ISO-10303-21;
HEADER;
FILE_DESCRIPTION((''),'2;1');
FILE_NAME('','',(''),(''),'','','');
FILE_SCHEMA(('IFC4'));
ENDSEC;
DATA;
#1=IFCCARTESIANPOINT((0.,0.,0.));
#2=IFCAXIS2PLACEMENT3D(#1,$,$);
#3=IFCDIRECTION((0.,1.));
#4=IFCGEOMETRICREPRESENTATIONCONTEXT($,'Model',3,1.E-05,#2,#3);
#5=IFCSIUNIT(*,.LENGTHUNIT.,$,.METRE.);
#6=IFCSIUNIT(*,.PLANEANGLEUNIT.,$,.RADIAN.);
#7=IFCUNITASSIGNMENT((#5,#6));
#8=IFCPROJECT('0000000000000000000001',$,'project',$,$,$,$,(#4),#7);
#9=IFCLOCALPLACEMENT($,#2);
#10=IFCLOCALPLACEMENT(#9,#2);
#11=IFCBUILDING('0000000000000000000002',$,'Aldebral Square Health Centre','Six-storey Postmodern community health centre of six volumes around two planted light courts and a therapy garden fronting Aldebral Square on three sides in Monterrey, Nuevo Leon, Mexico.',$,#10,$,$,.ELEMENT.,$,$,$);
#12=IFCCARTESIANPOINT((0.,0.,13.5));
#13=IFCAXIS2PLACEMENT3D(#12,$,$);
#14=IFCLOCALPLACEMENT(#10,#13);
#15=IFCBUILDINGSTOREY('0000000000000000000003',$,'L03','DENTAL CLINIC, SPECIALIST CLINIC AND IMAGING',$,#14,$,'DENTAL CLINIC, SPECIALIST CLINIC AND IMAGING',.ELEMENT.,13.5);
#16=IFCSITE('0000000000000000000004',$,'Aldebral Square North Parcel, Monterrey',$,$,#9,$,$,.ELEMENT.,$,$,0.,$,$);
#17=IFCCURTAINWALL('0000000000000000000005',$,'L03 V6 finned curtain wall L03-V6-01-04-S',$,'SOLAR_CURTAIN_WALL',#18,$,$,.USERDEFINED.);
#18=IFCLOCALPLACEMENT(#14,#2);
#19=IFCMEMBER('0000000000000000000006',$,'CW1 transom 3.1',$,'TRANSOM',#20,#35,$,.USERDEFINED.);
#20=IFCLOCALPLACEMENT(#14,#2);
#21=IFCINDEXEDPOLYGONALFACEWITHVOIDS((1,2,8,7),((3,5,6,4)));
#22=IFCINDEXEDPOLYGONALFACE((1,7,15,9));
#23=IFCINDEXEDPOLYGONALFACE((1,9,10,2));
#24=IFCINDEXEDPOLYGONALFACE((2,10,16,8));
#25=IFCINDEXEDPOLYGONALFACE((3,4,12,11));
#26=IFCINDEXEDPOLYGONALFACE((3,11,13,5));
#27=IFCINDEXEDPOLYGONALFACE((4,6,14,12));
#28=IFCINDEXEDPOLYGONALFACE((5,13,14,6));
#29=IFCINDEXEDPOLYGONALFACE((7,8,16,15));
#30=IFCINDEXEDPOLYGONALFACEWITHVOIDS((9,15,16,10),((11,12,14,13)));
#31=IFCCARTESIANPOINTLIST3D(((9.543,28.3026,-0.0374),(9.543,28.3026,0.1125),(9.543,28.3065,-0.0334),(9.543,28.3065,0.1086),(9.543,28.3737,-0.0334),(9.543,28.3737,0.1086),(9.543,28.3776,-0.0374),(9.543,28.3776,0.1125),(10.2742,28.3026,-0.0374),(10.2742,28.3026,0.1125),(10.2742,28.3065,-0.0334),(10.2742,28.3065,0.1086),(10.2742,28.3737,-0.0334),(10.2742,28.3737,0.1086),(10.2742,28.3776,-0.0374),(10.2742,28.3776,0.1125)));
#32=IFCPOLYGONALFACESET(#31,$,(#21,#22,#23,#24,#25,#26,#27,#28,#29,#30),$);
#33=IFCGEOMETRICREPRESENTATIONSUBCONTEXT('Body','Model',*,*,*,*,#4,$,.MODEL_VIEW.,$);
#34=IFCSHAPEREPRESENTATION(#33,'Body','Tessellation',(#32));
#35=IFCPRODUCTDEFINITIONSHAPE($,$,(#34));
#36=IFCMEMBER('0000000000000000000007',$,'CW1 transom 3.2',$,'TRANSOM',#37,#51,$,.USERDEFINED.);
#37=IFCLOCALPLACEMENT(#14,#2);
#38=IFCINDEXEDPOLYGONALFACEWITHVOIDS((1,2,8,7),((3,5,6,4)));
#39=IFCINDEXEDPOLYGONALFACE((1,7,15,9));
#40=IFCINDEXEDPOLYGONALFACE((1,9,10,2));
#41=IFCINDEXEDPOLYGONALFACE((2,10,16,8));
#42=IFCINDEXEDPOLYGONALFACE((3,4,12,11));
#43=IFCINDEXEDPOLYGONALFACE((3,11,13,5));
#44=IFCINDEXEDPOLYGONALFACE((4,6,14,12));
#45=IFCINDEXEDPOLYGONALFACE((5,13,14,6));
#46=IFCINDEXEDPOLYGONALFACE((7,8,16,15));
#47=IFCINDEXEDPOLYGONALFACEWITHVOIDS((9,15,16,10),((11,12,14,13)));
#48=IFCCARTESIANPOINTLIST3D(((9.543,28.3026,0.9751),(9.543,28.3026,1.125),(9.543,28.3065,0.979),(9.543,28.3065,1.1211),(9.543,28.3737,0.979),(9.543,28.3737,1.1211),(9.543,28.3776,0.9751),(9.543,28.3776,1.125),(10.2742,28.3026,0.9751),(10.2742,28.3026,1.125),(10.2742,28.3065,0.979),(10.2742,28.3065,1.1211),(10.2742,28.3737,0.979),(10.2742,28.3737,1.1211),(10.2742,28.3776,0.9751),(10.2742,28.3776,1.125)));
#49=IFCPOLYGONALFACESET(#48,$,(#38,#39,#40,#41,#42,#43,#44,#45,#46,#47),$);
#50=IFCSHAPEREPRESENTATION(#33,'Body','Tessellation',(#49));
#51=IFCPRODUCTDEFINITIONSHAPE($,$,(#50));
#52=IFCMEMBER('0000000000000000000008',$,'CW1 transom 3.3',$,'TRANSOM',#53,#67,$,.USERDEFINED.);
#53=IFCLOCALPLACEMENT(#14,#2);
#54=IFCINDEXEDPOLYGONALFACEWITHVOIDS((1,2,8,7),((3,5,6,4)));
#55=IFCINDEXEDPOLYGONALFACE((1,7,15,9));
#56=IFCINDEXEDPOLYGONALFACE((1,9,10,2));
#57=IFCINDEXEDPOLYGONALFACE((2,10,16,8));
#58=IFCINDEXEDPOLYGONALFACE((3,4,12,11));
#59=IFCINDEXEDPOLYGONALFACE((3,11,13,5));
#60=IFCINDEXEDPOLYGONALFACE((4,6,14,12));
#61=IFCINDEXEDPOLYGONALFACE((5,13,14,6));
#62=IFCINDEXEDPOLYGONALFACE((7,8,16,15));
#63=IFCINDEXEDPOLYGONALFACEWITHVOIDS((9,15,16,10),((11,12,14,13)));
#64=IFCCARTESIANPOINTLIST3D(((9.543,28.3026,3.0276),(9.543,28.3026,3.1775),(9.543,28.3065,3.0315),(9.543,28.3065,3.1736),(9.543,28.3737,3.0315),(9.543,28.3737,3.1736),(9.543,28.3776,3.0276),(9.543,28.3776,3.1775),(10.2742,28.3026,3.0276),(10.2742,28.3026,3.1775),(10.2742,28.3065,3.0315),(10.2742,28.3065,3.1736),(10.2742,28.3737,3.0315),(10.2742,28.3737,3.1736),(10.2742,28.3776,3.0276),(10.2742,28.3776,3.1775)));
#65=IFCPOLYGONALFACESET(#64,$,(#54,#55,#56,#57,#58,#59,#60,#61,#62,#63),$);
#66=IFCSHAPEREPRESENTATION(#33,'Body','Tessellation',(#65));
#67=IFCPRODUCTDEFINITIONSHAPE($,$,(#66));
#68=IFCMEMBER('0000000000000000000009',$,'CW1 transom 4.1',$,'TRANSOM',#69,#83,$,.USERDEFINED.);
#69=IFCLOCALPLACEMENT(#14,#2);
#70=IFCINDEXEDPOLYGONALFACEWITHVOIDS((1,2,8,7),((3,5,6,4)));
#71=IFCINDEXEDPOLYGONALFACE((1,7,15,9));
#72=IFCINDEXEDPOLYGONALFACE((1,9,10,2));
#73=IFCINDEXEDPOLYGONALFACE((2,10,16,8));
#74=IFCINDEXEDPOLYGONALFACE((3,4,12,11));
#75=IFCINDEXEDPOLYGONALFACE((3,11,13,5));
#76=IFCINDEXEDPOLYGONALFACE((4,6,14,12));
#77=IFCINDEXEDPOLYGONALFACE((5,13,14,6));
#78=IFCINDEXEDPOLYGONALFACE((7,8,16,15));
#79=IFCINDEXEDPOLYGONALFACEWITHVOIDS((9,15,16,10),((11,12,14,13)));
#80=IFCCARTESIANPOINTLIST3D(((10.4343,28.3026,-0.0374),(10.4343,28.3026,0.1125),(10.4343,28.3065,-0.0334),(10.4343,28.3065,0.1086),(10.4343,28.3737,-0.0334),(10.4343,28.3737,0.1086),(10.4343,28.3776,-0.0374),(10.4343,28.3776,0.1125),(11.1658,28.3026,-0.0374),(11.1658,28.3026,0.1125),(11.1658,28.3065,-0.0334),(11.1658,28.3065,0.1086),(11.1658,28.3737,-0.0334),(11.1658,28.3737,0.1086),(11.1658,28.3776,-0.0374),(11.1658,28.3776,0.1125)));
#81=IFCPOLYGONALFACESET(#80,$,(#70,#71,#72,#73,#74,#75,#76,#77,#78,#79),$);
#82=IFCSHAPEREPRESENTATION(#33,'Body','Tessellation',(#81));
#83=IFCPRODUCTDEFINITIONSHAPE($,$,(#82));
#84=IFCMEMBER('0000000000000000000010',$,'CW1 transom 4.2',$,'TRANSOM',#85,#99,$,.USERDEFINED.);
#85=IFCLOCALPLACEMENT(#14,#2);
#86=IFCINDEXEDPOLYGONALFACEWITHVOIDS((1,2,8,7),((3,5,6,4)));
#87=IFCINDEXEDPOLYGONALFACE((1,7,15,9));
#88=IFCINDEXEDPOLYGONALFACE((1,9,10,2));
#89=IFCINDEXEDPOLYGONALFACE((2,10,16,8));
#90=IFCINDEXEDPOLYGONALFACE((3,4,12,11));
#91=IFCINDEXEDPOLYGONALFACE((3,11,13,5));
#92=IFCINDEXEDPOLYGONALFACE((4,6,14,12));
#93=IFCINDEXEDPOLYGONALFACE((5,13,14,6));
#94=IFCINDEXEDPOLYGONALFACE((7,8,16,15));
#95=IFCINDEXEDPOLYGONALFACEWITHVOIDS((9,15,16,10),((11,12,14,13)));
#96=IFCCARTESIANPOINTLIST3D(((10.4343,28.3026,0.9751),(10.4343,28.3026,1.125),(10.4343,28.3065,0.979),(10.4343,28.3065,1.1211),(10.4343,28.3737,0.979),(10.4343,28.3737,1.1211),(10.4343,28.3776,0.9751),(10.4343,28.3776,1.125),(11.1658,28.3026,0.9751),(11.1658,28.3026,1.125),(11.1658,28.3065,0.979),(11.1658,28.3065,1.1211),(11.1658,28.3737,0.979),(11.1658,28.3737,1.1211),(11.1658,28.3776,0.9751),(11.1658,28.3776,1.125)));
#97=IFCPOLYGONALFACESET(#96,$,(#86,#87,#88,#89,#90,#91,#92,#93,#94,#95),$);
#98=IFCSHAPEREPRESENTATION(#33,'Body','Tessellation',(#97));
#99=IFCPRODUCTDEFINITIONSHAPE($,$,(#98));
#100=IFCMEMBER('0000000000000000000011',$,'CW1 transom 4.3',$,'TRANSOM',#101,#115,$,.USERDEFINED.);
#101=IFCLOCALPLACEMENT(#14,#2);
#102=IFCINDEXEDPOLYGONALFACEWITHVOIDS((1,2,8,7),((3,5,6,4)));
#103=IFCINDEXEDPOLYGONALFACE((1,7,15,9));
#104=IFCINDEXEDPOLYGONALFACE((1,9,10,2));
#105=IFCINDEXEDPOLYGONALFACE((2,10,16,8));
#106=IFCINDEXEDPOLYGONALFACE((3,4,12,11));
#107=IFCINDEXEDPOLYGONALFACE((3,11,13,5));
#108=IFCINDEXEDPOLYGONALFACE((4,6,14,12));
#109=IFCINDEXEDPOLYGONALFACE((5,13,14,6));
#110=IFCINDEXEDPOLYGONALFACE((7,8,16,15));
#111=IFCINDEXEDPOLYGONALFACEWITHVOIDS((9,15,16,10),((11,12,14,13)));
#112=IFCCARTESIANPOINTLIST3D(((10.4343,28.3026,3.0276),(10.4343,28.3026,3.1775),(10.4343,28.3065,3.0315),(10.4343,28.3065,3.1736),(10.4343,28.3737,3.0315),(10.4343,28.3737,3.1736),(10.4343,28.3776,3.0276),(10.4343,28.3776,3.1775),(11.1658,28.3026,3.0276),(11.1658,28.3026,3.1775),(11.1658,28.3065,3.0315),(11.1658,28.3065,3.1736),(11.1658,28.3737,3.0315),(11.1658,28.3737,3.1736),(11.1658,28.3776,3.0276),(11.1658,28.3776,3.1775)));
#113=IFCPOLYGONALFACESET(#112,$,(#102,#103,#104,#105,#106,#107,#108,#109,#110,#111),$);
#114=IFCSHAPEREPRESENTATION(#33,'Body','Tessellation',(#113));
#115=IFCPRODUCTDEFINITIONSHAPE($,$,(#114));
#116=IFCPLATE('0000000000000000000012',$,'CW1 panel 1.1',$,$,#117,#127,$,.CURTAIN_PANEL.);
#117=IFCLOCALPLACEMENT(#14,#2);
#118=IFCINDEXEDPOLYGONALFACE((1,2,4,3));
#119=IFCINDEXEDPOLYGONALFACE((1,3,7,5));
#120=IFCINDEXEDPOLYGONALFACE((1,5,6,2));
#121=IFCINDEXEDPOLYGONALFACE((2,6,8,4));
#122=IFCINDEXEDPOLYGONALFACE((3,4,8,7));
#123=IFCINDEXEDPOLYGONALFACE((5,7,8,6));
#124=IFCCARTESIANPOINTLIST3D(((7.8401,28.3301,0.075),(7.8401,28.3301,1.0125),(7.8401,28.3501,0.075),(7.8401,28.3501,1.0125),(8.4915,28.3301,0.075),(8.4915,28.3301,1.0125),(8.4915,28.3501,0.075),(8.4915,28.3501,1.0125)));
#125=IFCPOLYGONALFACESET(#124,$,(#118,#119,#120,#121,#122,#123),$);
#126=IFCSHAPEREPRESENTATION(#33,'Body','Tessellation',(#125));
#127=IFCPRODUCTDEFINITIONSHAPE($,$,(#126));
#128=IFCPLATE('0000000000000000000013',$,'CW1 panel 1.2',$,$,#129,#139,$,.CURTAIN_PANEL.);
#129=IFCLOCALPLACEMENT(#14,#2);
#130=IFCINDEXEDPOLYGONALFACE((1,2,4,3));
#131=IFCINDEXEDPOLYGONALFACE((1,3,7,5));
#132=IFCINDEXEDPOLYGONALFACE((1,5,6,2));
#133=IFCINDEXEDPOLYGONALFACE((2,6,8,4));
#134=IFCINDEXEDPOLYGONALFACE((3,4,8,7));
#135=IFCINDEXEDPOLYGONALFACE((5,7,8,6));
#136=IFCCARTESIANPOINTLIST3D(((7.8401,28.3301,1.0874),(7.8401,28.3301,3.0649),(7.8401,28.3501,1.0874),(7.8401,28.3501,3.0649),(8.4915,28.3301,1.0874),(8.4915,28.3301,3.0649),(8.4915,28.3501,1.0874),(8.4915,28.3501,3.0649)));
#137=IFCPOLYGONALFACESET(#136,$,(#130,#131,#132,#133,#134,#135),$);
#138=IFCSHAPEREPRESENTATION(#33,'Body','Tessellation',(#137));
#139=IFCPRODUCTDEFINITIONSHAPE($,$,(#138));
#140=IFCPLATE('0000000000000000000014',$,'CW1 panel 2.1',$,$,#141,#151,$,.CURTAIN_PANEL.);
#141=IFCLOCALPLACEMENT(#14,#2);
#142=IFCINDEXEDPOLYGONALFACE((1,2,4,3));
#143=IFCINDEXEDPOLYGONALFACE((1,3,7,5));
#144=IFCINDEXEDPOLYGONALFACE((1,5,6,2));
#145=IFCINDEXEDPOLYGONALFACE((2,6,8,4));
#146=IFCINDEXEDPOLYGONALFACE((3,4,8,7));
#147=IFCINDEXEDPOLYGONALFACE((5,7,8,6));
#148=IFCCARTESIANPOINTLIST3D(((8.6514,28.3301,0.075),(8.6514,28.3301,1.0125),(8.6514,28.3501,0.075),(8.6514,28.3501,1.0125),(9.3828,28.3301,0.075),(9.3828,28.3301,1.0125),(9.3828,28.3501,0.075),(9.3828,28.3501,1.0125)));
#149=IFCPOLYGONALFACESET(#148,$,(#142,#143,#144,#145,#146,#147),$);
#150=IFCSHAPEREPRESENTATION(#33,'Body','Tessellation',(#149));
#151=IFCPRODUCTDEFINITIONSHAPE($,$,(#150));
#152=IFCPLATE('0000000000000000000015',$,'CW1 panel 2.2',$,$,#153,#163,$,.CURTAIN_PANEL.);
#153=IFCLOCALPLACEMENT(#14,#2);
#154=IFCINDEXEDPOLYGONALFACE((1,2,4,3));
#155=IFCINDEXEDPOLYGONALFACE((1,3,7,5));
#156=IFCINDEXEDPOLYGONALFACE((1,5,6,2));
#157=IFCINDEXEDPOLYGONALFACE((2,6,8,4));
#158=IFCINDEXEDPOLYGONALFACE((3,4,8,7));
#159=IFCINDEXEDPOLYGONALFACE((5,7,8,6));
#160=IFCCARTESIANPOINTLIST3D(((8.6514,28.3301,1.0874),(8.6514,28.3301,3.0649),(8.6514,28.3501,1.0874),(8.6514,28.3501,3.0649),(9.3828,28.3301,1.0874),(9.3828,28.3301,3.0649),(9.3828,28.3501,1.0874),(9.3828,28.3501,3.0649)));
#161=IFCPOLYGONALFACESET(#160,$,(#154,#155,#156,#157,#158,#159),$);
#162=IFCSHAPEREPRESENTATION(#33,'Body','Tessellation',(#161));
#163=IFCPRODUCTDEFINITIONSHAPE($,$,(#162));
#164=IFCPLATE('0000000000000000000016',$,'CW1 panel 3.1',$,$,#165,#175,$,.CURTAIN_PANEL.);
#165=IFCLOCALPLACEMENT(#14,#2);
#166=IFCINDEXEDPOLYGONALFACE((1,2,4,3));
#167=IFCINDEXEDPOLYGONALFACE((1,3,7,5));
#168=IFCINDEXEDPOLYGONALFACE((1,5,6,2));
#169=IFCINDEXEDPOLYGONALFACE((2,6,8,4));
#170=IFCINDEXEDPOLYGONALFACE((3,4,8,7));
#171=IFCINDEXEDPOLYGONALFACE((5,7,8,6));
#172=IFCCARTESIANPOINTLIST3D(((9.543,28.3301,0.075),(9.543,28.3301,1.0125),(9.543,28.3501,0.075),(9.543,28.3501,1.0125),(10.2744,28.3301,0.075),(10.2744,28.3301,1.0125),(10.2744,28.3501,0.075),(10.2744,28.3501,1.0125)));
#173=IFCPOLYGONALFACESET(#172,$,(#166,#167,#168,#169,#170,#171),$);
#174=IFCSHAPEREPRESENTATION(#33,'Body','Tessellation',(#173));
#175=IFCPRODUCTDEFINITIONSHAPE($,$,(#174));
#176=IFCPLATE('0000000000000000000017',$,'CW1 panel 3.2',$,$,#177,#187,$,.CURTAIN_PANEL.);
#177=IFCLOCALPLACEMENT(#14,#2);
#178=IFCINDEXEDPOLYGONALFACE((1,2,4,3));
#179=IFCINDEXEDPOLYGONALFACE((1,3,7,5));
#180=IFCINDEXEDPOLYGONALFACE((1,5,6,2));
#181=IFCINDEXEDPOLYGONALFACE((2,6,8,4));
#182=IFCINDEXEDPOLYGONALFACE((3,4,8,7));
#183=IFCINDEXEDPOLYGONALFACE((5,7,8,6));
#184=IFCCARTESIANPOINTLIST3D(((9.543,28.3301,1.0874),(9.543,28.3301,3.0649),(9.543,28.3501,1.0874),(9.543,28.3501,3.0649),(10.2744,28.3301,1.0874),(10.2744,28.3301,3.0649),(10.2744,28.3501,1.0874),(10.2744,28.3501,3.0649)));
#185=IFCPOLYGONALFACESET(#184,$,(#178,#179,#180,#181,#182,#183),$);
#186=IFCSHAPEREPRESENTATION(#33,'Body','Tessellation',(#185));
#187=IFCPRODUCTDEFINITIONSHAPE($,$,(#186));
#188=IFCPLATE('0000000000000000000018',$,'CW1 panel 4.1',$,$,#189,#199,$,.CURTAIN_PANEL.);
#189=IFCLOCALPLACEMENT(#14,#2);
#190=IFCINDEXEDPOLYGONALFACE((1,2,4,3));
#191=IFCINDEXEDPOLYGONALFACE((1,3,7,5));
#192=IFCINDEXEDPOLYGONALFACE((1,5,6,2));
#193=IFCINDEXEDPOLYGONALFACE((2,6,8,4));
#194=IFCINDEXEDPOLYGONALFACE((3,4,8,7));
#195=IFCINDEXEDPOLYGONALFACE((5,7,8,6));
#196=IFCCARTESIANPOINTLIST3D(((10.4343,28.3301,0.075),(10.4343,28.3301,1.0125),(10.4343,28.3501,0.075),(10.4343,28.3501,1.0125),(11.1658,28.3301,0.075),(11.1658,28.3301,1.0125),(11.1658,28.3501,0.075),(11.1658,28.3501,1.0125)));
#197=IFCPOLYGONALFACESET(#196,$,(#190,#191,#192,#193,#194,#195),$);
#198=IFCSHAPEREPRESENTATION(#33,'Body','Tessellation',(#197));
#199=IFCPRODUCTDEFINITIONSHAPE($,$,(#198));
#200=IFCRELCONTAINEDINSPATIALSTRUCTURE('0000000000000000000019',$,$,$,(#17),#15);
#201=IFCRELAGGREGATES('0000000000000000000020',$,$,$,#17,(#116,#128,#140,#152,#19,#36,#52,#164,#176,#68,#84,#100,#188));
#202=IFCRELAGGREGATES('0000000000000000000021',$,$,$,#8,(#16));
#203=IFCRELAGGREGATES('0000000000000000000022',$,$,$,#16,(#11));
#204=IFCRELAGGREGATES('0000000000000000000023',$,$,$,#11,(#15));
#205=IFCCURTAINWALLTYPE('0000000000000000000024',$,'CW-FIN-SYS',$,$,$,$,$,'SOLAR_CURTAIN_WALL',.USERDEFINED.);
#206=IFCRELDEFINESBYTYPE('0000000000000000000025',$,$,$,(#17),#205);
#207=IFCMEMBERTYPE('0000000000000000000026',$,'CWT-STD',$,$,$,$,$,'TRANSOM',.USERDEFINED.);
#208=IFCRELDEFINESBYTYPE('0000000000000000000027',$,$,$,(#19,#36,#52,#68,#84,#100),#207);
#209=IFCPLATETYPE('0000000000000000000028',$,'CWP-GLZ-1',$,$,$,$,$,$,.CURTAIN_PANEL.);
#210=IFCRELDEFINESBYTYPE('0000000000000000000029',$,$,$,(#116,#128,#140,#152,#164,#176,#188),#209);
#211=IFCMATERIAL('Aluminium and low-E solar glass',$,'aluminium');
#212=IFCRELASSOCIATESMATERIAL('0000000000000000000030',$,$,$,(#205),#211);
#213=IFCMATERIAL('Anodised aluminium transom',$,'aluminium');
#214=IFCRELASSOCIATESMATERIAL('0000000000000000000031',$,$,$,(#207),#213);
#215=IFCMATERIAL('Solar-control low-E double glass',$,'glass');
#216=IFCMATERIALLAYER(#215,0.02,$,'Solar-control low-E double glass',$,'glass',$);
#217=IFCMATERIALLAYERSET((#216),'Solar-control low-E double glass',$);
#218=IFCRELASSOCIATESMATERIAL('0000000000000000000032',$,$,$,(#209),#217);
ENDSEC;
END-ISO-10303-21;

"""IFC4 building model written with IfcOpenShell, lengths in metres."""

from ifc_helpers import new_model, si_unit, direction, frame, origin, origin_2d, place, context, subcontext, project, spatial, rectangle, hollow_rectangle, extrude, material, layer, layer_set, material_profile, profile_set, type_object, element, aggregate, save


model = new_model("IFC4")

# Units and contexts
model_context = context("Model", 3, precision=1e-05, world=origin(), true_north=direction((0.0, 1.0)))
body_context = subcontext(model_context, "Body", "Model", "MODEL_VIEW")
ifc_project = project(units=[si_unit("LENGTHUNIT", "METRE"), si_unit("PLANEANGLEUNIT", "RADIAN")], contexts=[model_context])

# Site, building, storey
site_placement = place(None, origin())
site = spatial("IfcSite", under=ifc_project, at=site_placement, Name="Aldebral Square North Parcel, Monterrey", CompositionType="ELEMENT", RefElevation=0.0)
building_placement = place(site_placement, origin())
building = spatial("IfcBuilding", under=site, at=building_placement, Name="Aldebral Square Health Centre", Description="Six-storey Postmodern community health centre of six volumes around two planted light courts and a therapy garden fronting Aldebral Square on three sides in Monterrey, Nuevo Leon, Mexico.", CompositionType="ELEMENT")
storey_placement = place(building_placement, frame((0.0, 0.0, 13.5)))
storey = spatial("IfcBuildingStorey", under=building, at=storey_placement, Name="L03", Description="DENTAL CLINIC, SPECIALIST CLINIC AND IMAGING", LongName="DENTAL CLINIC, SPECIALIST CLINIC AND IMAGING", CompositionType="ELEMENT", Elevation=13.5)

# Curtain wall, members, plates
ifc_material_1 = material(Name="Aluminium and low-E solar glass", Category="aluminium")
curtain_wall_type = type_object("IfcCurtainWallType", Name="CW-FIN-SYS", ElementType="SOLAR_CURTAIN_WALL", PredefinedType="USERDEFINED", material=ifc_material_1)
curtain_wall_placement = place(storey_placement, origin())
curtain_wall = element("IfcCurtainWall", 1, at=curtain_wall_placement, inside=storey, type_object=curtain_wall_type, Name="L03 V6 finned curtain wall L03-V6-01-04-S", ObjectType="SOLAR_CURTAIN_WALL", PredefinedType="USERDEFINED")
ifc_material_2 = material(Name="Anodised aluminium transom", Category="aluminium")
ifc_material_profile_1 = material_profile(ifc_material_2, hollow_rectangle(XDim=0.075, YDim=0.1499, WallThickness=0.0039, at=origin_2d()), Name="CWT 75x150x4")
ifc_profile_set_1 = profile_set([ifc_material_profile_1], Name="Anodised aluminium transom")
member_type_1 = type_object("IfcMemberType", Name="CWT-STD", ElementType="TRANSOM", PredefinedType="USERDEFINED", material=ifc_profile_set_1)
member_1_placement = place(storey_placement, frame((9.543, 28.3401, 0.0376), z_axis=(1.0, 0.0, 0.0), x_axis=(0.0, 1.0, 0.0)))
member_1 = element("IfcMember", 2, at=member_1_placement, type_object=member_type_1, Name="CW1 transom 3.1", ObjectType="TRANSOM", PredefinedType="USERDEFINED", context=body_context, shape_type="SweptSolid", body=[
    extrude(hollow_rectangle(XDim=0.075, YDim=0.1499, WallThickness=0.0039, at=origin_2d()), origin(), (0.0, 0.0, 1.0), 0.7312),
])
member_2_placement = place(storey_placement, frame((9.543, 28.3401, 1.05), z_axis=(1.0, 0.0, 0.0), x_axis=(0.0, 1.0, 0.0)))
member_2 = element("IfcMember", 3, at=member_2_placement, type_object=member_type_1, Name="CW1 transom 3.2", ObjectType="TRANSOM", PredefinedType="USERDEFINED", context=body_context, shape_type="SweptSolid", body=[
    extrude(hollow_rectangle(XDim=0.075, YDim=0.1499, WallThickness=0.0039, at=origin_2d()), origin(), (0.0, 0.0, 1.0), 0.7312),
])
member_3_placement = place(storey_placement, frame((9.543, 28.3401, 3.1025), z_axis=(1.0, 0.0, 0.0), x_axis=(0.0, 1.0, 0.0)))
member_3 = element("IfcMember", 4, at=member_3_placement, type_object=member_type_1, Name="CW1 transom 3.3", ObjectType="TRANSOM", PredefinedType="USERDEFINED", context=body_context, shape_type="SweptSolid", body=[
    extrude(hollow_rectangle(XDim=0.075, YDim=0.1499, WallThickness=0.0039, at=origin_2d()), origin(), (0.0, 0.0, 1.0), 0.7312),
])
member_4_placement = place(storey_placement, frame((10.4343, 28.3401, 0.0376), z_axis=(1.0, 0.0, 0.0), x_axis=(0.0, 1.0, 0.0)))
member_4 = element("IfcMember", 5, at=member_4_placement, type_object=member_type_1, Name="CW1 transom 4.1", ObjectType="TRANSOM", PredefinedType="USERDEFINED", context=body_context, shape_type="SweptSolid", body=[
    extrude(hollow_rectangle(XDim=0.075, YDim=0.1499, WallThickness=0.0039, at=origin_2d()), origin(), (0.0, 0.0, 1.0), 0.7314),
])
member_5_placement = place(storey_placement, frame((10.4343, 28.3401, 1.05), z_axis=(1.0, 0.0, 0.0), x_axis=(0.0, 1.0, 0.0)))
member_5 = element("IfcMember", 6, at=member_5_placement, type_object=member_type_1, Name="CW1 transom 4.2", ObjectType="TRANSOM", PredefinedType="USERDEFINED", context=body_context, shape_type="SweptSolid", body=[
    extrude(hollow_rectangle(XDim=0.075, YDim=0.1499, WallThickness=0.0039, at=origin_2d()), origin(), (0.0, 0.0, 1.0), 0.7314),
])
member_6_placement = place(storey_placement, frame((10.4343, 28.3401, 3.1025), z_axis=(1.0, 0.0, 0.0), x_axis=(0.0, 1.0, 0.0)))
member_6 = element("IfcMember", 7, at=member_6_placement, type_object=member_type_1, Name="CW1 transom 4.3", ObjectType="TRANSOM", PredefinedType="USERDEFINED", context=body_context, shape_type="SweptSolid", body=[
    extrude(hollow_rectangle(XDim=0.075, YDim=0.1499, WallThickness=0.0039, at=origin_2d()), origin(), (0.0, 0.0, 1.0), 0.7314),
])
ifc_material_3 = material(Name="Solar-control low-E double glass", Category="glass")
ifc_layer = layer(ifc_material_3, 0.02, Name="Solar-control low-E double glass", Category="glass")
ifc_layer_set = layer_set([ifc_layer], Name="Solar-control low-E double glass")
plate_type = type_object("IfcPlateType", Name="CWP-GLZ-1", PredefinedType="CURTAIN_PANEL", material=ifc_layer_set)
plate_1_placement = place(storey_placement, frame((8.1658, 28.3401, 0.075), z_axis=(0.0, 0.0, 1.0), x_axis=(1.0, 0.0, 0.0)))
plate_1 = element("IfcPlate", 8, at=plate_1_placement, type_object=plate_type, Name="CW1 panel 1.1", PredefinedType="CURTAIN_PANEL", context=body_context, shape_type="SweptSolid", body=[
    extrude(rectangle(XDim=0.6514, YDim=0.02, at=origin_2d()), origin(), (0.0, 0.0, 1.0), 0.9375),
])
plate_2_placement = place(storey_placement, frame((8.1658, 28.3401, 1.0874), z_axis=(0.0, 0.0, 1.0), x_axis=(1.0, 0.0, 0.0)))
plate_2 = element("IfcPlate", 9, at=plate_2_placement, type_object=plate_type, Name="CW1 panel 1.2", PredefinedType="CURTAIN_PANEL", context=body_context, shape_type="SweptSolid", body=[
    extrude(rectangle(XDim=0.6514, YDim=0.02, at=origin_2d()), origin(), (0.0, 0.0, 1.0), 1.9775),
])
plate_3_placement = place(storey_placement, frame((9.0171, 28.3401, 0.075), z_axis=(0.0, 0.0, 1.0), x_axis=(1.0, 0.0, 0.0)))
plate_3 = element("IfcPlate", 10, at=plate_3_placement, type_object=plate_type, Name="CW1 panel 2.1", PredefinedType="CURTAIN_PANEL", context=body_context, shape_type="SweptSolid", body=[
    extrude(rectangle(XDim=0.7314, YDim=0.02, at=origin_2d()), origin(), (0.0, 0.0, 1.0), 0.9375),
])
plate_4_placement = place(storey_placement, frame((9.0171, 28.3401, 1.0874), z_axis=(0.0, 0.0, 1.0), x_axis=(1.0, 0.0, 0.0)))
plate_4 = element("IfcPlate", 11, at=plate_4_placement, type_object=plate_type, Name="CW1 panel 2.2", PredefinedType="CURTAIN_PANEL", context=body_context, shape_type="SweptSolid", body=[
    extrude(rectangle(XDim=0.7314, YDim=0.02, at=origin_2d()), origin(), (0.0, 0.0, 1.0), 1.9775),
])
plate_5_placement = place(storey_placement, frame((9.9087, 28.3401, 0.075), z_axis=(0.0, 0.0, 1.0), x_axis=(1.0, 0.0, 0.0)))
plate_5 = element("IfcPlate", 12, at=plate_5_placement, type_object=plate_type, Name="CW1 panel 3.1", PredefinedType="CURTAIN_PANEL", context=body_context, shape_type="SweptSolid", body=[
    extrude(rectangle(XDim=0.7314, YDim=0.02, at=origin_2d()), origin(), (0.0, 0.0, 1.0), 0.9375),
])
plate_6_placement = place(storey_placement, frame((9.9087, 28.3401, 1.0874), z_axis=(0.0, 0.0, 1.0), x_axis=(1.0, 0.0, 0.0)))
plate_6 = element("IfcPlate", 13, at=plate_6_placement, type_object=plate_type, Name="CW1 panel 3.2", PredefinedType="CURTAIN_PANEL", context=body_context, shape_type="SweptSolid", body=[
    extrude(rectangle(XDim=0.7314, YDim=0.02, at=origin_2d()), origin(), (0.0, 0.0, 1.0), 1.9775),
])
plate_7_placement = place(storey_placement, frame((10.8, 28.3401, 0.075), z_axis=(0.0, 0.0, 1.0), x_axis=(1.0, 0.0, 0.0)))
plate_7 = element("IfcPlate", 14, at=plate_7_placement, type_object=plate_type, Name="CW1 panel 4.1", PredefinedType="CURTAIN_PANEL", context=body_context, shape_type="SweptSolid", body=[
    extrude(rectangle(XDim=0.7314, YDim=0.02, at=origin_2d()), origin(), (0.0, 0.0, 1.0), 0.9375),
])
aggregate(curtain_wall, [plate_1, plate_2, plate_3, plate_4, member_1, member_2, member_3, plate_5, plate_6, member_4, member_5, member_6, plate_7])

save(model, "model.ifc")
